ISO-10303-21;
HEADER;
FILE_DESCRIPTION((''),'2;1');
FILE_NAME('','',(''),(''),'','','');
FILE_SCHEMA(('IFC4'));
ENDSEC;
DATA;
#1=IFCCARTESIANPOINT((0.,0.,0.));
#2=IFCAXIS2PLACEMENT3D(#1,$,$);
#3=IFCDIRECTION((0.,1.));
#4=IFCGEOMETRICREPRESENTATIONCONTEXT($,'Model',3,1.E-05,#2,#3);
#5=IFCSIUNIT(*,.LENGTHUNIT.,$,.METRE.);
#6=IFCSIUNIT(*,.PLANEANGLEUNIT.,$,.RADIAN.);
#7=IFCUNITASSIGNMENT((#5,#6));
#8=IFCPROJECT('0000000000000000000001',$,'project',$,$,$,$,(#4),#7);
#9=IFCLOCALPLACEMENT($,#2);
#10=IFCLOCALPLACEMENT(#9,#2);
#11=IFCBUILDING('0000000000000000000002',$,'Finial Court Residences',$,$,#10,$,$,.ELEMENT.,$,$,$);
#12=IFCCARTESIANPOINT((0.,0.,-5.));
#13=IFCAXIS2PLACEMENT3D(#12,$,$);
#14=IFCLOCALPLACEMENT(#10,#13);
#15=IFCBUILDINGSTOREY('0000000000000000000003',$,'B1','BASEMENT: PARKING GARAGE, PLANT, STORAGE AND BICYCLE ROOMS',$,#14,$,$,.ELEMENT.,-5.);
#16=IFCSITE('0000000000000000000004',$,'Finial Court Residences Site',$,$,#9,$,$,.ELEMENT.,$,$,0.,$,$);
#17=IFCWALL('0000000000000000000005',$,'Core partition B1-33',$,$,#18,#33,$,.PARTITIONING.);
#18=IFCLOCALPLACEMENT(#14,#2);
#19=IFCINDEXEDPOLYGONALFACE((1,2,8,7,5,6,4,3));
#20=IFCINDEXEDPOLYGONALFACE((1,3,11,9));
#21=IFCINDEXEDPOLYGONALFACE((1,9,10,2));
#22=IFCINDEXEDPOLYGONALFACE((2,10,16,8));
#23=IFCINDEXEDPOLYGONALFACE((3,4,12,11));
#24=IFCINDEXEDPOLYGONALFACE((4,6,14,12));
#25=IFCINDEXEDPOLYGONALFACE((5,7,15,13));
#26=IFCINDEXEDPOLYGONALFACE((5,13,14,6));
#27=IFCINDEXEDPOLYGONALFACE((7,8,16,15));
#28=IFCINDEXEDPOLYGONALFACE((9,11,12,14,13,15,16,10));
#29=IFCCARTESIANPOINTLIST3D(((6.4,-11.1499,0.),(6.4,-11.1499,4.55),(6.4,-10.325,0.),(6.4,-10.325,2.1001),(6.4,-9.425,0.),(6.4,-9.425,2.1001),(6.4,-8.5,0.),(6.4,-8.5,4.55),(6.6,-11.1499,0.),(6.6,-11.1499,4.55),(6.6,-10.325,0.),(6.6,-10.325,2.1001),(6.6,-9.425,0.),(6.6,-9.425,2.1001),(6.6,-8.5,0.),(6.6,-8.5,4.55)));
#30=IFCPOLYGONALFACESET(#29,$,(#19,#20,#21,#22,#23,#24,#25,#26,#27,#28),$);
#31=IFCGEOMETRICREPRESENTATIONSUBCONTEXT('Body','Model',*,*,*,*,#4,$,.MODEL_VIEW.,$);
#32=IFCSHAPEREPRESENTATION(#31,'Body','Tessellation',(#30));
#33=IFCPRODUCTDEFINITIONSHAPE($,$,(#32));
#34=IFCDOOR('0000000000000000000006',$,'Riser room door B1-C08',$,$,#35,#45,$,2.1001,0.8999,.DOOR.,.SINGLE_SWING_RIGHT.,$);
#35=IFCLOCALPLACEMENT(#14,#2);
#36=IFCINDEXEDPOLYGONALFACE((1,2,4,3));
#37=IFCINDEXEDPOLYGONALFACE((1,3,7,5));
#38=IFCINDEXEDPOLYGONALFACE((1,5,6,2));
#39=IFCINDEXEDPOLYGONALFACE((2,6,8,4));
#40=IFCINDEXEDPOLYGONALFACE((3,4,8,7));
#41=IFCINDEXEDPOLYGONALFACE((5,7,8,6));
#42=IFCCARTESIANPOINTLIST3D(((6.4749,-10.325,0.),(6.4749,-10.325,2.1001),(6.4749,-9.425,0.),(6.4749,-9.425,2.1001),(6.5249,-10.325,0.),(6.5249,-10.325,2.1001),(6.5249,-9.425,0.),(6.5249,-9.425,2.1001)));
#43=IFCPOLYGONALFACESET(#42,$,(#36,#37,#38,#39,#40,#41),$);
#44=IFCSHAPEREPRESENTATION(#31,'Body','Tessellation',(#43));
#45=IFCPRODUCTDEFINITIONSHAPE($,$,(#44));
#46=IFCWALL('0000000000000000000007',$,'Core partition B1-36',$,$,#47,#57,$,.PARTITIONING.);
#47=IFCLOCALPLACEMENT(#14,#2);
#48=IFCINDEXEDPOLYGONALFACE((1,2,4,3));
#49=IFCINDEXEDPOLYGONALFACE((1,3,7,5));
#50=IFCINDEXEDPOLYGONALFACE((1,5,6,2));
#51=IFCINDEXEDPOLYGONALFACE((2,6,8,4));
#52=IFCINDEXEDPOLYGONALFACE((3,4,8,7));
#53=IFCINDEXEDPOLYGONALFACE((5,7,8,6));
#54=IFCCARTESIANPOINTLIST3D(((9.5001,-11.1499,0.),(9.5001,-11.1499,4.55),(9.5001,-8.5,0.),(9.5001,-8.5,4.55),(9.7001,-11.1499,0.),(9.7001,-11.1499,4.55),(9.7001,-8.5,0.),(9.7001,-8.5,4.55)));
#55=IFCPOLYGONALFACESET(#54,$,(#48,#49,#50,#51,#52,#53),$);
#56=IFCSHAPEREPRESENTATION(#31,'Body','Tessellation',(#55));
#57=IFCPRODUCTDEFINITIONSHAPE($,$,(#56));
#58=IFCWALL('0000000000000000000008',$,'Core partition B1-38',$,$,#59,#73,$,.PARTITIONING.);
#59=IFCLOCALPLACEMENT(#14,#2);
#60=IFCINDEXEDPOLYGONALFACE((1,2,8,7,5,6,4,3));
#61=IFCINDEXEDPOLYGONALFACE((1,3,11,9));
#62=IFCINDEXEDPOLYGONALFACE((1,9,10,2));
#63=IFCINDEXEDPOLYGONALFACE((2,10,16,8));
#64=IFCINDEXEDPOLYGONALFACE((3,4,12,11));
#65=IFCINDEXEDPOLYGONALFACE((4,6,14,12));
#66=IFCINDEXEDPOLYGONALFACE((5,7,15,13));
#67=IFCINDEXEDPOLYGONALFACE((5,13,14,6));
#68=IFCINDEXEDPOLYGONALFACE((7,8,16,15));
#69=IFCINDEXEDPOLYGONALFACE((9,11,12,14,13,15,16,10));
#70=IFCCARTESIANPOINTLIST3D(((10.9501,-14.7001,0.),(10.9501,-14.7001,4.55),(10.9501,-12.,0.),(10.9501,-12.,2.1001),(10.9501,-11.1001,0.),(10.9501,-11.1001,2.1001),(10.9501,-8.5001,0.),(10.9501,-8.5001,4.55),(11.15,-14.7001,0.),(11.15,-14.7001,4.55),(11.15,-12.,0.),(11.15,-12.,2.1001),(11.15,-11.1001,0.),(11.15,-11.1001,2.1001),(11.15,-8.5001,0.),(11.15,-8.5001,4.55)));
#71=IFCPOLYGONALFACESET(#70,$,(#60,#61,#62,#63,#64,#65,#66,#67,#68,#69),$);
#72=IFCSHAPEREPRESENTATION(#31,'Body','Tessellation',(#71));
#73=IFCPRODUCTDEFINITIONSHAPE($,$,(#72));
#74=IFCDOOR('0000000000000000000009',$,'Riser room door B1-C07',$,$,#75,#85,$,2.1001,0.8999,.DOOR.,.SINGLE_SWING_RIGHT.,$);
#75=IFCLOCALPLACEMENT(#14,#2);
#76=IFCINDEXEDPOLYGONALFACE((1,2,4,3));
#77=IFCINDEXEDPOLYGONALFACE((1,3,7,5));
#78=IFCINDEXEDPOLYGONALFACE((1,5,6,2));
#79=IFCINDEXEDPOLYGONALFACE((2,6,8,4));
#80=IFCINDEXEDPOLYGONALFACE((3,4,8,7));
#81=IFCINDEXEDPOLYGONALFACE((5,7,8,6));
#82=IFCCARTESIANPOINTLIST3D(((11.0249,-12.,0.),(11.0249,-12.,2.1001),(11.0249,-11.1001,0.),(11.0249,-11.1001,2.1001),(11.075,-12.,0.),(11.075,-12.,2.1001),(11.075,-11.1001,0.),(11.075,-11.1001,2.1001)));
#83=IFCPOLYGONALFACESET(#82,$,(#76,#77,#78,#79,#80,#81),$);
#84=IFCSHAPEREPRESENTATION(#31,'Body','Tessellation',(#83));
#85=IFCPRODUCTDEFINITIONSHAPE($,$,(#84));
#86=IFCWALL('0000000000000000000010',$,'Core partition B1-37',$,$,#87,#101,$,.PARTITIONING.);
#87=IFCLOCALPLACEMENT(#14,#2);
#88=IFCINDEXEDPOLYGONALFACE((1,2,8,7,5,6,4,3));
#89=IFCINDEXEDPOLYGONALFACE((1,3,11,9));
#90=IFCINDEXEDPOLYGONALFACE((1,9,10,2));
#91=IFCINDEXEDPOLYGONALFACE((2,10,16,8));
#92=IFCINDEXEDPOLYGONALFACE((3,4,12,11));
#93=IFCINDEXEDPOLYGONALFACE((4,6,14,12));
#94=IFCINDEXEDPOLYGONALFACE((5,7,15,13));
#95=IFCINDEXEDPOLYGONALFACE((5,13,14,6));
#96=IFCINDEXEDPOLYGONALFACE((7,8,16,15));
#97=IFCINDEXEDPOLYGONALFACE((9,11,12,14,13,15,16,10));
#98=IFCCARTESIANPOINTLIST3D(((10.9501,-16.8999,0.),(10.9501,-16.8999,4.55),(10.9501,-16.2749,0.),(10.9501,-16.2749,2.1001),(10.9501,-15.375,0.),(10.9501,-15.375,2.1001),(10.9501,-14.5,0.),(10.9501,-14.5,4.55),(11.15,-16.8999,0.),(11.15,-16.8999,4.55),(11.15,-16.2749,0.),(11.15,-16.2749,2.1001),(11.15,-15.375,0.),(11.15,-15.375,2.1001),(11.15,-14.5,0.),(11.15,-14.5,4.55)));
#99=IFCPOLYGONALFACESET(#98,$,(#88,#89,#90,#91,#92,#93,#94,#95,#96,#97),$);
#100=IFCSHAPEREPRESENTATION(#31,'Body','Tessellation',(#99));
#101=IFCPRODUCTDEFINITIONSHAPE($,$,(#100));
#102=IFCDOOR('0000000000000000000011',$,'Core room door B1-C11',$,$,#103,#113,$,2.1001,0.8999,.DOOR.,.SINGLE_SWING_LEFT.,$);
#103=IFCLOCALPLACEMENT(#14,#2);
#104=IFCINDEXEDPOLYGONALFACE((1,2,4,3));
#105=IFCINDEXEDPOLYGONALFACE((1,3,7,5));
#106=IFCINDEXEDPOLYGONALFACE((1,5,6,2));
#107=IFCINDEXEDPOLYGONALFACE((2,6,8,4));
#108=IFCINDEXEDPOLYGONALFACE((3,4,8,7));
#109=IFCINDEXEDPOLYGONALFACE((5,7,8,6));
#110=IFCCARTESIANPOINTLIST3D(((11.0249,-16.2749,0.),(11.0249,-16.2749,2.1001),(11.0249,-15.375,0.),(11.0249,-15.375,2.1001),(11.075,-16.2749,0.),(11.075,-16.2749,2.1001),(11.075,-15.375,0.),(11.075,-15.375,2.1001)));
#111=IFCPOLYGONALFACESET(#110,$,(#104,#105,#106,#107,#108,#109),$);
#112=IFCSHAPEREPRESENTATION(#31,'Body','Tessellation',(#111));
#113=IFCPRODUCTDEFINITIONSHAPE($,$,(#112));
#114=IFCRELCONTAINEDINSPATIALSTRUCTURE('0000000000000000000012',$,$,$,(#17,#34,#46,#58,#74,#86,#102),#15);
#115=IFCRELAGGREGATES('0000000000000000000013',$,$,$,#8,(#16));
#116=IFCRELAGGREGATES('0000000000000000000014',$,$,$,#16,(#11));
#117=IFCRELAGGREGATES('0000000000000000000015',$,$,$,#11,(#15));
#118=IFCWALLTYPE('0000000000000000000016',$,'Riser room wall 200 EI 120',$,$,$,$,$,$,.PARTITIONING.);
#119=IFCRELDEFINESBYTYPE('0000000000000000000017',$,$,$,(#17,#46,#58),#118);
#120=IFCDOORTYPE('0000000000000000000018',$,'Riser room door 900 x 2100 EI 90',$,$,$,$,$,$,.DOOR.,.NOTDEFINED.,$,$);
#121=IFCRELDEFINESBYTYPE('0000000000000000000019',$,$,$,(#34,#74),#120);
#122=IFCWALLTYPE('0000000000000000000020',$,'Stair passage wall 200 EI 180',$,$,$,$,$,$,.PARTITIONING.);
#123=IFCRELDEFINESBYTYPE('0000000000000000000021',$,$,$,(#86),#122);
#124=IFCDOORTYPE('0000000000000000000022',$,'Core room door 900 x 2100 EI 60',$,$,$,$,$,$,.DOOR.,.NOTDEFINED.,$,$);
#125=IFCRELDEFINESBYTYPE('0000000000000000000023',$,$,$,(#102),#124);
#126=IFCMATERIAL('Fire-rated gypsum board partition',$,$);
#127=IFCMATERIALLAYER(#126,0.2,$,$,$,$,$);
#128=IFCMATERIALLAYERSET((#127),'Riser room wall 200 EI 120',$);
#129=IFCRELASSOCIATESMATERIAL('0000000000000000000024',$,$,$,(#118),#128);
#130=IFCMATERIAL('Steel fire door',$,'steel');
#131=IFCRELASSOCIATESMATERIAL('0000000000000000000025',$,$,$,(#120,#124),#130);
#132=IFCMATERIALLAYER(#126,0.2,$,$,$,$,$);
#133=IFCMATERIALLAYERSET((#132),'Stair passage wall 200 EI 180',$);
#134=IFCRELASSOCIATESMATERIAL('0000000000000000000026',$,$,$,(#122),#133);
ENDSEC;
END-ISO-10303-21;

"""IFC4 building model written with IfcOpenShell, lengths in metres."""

from ifc_helpers import new_model, si_unit, direction, frame, frame_2d, origin, place, context, subcontext, project, spatial, rectangle, extrude, material, layer, layer_set, type_object, element, fill, save


model = new_model("IFC4")

# Units and contexts
model_context = context("Model", 3, precision=1e-05, world=origin(), true_north=direction((0.0, 1.0)))
body_context = subcontext(model_context, "Body", "Model", "MODEL_VIEW")
ifc_project = project(units=[si_unit("LENGTHUNIT", "METRE"), si_unit("PLANEANGLEUNIT", "RADIAN")], contexts=[model_context])

# Site, building, storey
site_placement = place(None, origin())
site = spatial("IfcSite", under=ifc_project, at=site_placement, Name="Finial Court Residences Site", CompositionType="ELEMENT", RefElevation=0.0)
building_placement = place(site_placement, origin())
building = spatial("IfcBuilding", under=site, at=building_placement, Name="Finial Court Residences", CompositionType="ELEMENT")
storey_placement = place(building_placement, frame((0.0, 0.0, -5.0)))
storey = spatial("IfcBuildingStorey", under=building, at=storey_placement, Name="B1", Description="BASEMENT: PARKING GARAGE, PLANT, STORAGE AND BICYCLE ROOMS", CompositionType="ELEMENT", Elevation=-5.0)

# Shared definitions
ifc_material_1 = material(Name="Fire-rated gypsum board partition")
ifc_material_2 = material(Name="Steel fire door", Category="steel")

# Shared definitions
ifc_layer_1 = layer(ifc_material_1, 0.2)
ifc_layer_set_1 = layer_set([ifc_layer_1], Name="Riser room wall 200 EI 120")
wall_type_1 = type_object("IfcWallType", Name="Riser room wall 200 EI 120", PredefinedType="PARTITIONING", material=ifc_layer_set_1)

# Wall, opening, door
wall_1_placement = place(storey_placement, frame((6.5, -8.5, 0.0), z_axis=(0.0, 0.0, 1.0), x_axis=(0.0, -1.0, 0.0)))
wall_1 = element("IfcWall", 1, at=wall_1_placement, inside=storey, type_object=wall_type_1, Name="Core partition B1-33", PredefinedType="PARTITIONING", context=body_context, shape_type="SweptSolid", body=[
    extrude(rectangle(XDim=2.6499, YDim=0.2, at=frame_2d((1.325, 0.0))), origin(), (0.0, 0.0, 1.0), 4.55),
])
opening_1_placement = place(wall_1_placement, frame((0.925, 0.0, 0.0)))
opening_1 = element("IfcOpeningElement", 2, at=opening_1_placement, cuts=wall_1, PredefinedType="OPENING", context=body_context, shape_type="SweptSolid", body=[
    extrude(rectangle(XDim=0.8999, YDim=2.1001, at=frame_2d((0.45, 1.05))), frame((0.0, 0.1099, 0.0), z_axis=(0.0, -1.0, 0.0), x_axis=(1.0, 0.0, 0.0)), (0.0, 0.0, 1.0), 0.22),
])
door_type_1 = type_object("IfcDoorType", Name="Riser room door 900 x 2100 EI 90", OperationType="NOTDEFINED", PredefinedType="DOOR", material=ifc_material_2)
door_1_placement = place(opening_1_placement, origin())
door_1 = element("IfcDoor", 3, at=door_1_placement, inside=storey, type_object=door_type_1, Name="Riser room door B1-C08", OperationType="SINGLE_SWING_RIGHT", OverallHeight=2.1001, OverallWidth=0.8999, PredefinedType="DOOR", context=body_context, shape_type="SweptSolid", body=[
    extrude(rectangle(XDim=0.8999, YDim=2.1001, at=frame_2d((0.45, 1.05))), frame((0.0, 0.0249, 0.0), z_axis=(0.0, -1.0, 0.0), x_axis=(1.0, 0.0, 0.0)), (0.0, 0.0, 1.0), 0.05),
])
fill(opening_1, door_1)

# Wall
wall_2_placement = place(storey_placement, frame((9.6001, -11.1499, 0.0), z_axis=(0.0, 0.0, 1.0), x_axis=(0.0, 1.0, 0.0)))
element("IfcWall", 4, at=wall_2_placement, inside=storey, type_object=wall_type_1, Name="Core partition B1-36", PredefinedType="PARTITIONING", context=body_context, shape_type="SweptSolid", body=[
    extrude(rectangle(XDim=2.6499, YDim=0.2, at=frame_2d((1.325, 0.0))), origin(), (0.0, 0.0, 1.0), 4.55),
])

# Walls, openings, doors
wall_3_placement = place(storey_placement, frame((11.05, -8.5, 0.0), z_axis=(0.0, 0.0, 1.0), x_axis=(0.0, -1.0, 0.0)))
wall_3 = element("IfcWall", 5, at=wall_3_placement, inside=storey, type_object=wall_type_1, Name="Core partition B1-38", PredefinedType="PARTITIONING", context=body_context, shape_type="SweptSolid", body=[
    extrude(rectangle(XDim=6.2, YDim=0.2, at=frame_2d((3.1001, 0.0))), origin(), (0.0, 0.0, 1.0), 4.55),
])
opening_2_placement = place(wall_3_placement, frame((2.6001, 0.0, 0.0)))
opening_2 = element("IfcOpeningElement", 6, at=opening_2_placement, cuts=wall_3, PredefinedType="OPENING", context=body_context, shape_type="SweptSolid", body=[
    extrude(rectangle(XDim=0.8999, YDim=2.1001, at=frame_2d((0.45, 1.05))), frame((0.0, 0.1099, 0.0), z_axis=(0.0, -1.0, 0.0), x_axis=(1.0, 0.0, 0.0)), (0.0, 0.0, 1.0), 0.22),
])
door_2_placement = place(opening_2_placement, origin())
door_2 = element("IfcDoor", 7, at=door_2_placement, inside=storey, type_object=door_type_1, Name="Riser room door B1-C07", OperationType="SINGLE_SWING_RIGHT", OverallHeight=2.1001, OverallWidth=0.8999, PredefinedType="DOOR", context=body_context, shape_type="SweptSolid", body=[
    extrude(rectangle(XDim=0.8999, YDim=2.1001, at=frame_2d((0.45, 1.05))), frame((0.0, 0.0249, 0.0), z_axis=(0.0, -1.0, 0.0), x_axis=(1.0, 0.0, 0.0)), (0.0, 0.0, 1.0), 0.05),
])
fill(opening_2, door_2)
ifc_layer_2 = layer(ifc_material_1, 0.2)
ifc_layer_set_2 = layer_set([ifc_layer_2], Name="Stair passage wall 200 EI 180")
wall_type_2 = type_object("IfcWallType", Name="Stair passage wall 200 EI 180", PredefinedType="PARTITIONING", material=ifc_layer_set_2)
wall_4_placement = place(storey_placement, frame((11.05, -14.5, 0.0), z_axis=(0.0, 0.0, 1.0), x_axis=(0.0, -1.0, 0.0)))
wall_4 = element("IfcWall", 8, at=wall_4_placement, inside=storey, type_object=wall_type_2, Name="Core partition B1-37", PredefinedType="PARTITIONING", context=body_context, shape_type="SweptSolid", body=[
    extrude(rectangle(XDim=2.3999, YDim=0.2, at=frame_2d((1.2, 0.0))), origin(), (0.0, 0.0, 1.0), 4.55),
])
opening_3_placement = place(wall_4_placement, frame((0.875, 0.0, 0.0)))
opening_3 = element("IfcOpeningElement", 9, at=opening_3_placement, cuts=wall_4, PredefinedType="OPENING", context=body_context, shape_type="SweptSolid", body=[
    extrude(rectangle(XDim=0.8999, YDim=2.1001, at=frame_2d((0.45, 1.05))), frame((0.0, 0.1099, 0.0), z_axis=(0.0, -1.0, 0.0), x_axis=(1.0, 0.0, 0.0)), (0.0, 0.0, 1.0), 0.22),
])
door_type_2 = type_object("IfcDoorType", Name="Core room door 900 x 2100 EI 60", OperationType="NOTDEFINED", PredefinedType="DOOR", material=ifc_material_2)
door_3_placement = place(opening_3_placement, origin())
door_3 = element("IfcDoor", 10, at=door_3_placement, inside=storey, type_object=door_type_2, Name="Core room door B1-C11", OperationType="SINGLE_SWING_LEFT", OverallHeight=2.1001, OverallWidth=0.8999, PredefinedType="DOOR", context=body_context, shape_type="SweptSolid", body=[
    extrude(rectangle(XDim=0.8999, YDim=2.1001, at=frame_2d((0.45, 1.05))), frame((0.0, 0.0249, 0.0), z_axis=(0.0, -1.0, 0.0), x_axis=(1.0, 0.0, 0.0)), (0.0, 0.0, 1.0), 0.05),
])
fill(opening_3, door_3)

save(model, "model.ifc")
